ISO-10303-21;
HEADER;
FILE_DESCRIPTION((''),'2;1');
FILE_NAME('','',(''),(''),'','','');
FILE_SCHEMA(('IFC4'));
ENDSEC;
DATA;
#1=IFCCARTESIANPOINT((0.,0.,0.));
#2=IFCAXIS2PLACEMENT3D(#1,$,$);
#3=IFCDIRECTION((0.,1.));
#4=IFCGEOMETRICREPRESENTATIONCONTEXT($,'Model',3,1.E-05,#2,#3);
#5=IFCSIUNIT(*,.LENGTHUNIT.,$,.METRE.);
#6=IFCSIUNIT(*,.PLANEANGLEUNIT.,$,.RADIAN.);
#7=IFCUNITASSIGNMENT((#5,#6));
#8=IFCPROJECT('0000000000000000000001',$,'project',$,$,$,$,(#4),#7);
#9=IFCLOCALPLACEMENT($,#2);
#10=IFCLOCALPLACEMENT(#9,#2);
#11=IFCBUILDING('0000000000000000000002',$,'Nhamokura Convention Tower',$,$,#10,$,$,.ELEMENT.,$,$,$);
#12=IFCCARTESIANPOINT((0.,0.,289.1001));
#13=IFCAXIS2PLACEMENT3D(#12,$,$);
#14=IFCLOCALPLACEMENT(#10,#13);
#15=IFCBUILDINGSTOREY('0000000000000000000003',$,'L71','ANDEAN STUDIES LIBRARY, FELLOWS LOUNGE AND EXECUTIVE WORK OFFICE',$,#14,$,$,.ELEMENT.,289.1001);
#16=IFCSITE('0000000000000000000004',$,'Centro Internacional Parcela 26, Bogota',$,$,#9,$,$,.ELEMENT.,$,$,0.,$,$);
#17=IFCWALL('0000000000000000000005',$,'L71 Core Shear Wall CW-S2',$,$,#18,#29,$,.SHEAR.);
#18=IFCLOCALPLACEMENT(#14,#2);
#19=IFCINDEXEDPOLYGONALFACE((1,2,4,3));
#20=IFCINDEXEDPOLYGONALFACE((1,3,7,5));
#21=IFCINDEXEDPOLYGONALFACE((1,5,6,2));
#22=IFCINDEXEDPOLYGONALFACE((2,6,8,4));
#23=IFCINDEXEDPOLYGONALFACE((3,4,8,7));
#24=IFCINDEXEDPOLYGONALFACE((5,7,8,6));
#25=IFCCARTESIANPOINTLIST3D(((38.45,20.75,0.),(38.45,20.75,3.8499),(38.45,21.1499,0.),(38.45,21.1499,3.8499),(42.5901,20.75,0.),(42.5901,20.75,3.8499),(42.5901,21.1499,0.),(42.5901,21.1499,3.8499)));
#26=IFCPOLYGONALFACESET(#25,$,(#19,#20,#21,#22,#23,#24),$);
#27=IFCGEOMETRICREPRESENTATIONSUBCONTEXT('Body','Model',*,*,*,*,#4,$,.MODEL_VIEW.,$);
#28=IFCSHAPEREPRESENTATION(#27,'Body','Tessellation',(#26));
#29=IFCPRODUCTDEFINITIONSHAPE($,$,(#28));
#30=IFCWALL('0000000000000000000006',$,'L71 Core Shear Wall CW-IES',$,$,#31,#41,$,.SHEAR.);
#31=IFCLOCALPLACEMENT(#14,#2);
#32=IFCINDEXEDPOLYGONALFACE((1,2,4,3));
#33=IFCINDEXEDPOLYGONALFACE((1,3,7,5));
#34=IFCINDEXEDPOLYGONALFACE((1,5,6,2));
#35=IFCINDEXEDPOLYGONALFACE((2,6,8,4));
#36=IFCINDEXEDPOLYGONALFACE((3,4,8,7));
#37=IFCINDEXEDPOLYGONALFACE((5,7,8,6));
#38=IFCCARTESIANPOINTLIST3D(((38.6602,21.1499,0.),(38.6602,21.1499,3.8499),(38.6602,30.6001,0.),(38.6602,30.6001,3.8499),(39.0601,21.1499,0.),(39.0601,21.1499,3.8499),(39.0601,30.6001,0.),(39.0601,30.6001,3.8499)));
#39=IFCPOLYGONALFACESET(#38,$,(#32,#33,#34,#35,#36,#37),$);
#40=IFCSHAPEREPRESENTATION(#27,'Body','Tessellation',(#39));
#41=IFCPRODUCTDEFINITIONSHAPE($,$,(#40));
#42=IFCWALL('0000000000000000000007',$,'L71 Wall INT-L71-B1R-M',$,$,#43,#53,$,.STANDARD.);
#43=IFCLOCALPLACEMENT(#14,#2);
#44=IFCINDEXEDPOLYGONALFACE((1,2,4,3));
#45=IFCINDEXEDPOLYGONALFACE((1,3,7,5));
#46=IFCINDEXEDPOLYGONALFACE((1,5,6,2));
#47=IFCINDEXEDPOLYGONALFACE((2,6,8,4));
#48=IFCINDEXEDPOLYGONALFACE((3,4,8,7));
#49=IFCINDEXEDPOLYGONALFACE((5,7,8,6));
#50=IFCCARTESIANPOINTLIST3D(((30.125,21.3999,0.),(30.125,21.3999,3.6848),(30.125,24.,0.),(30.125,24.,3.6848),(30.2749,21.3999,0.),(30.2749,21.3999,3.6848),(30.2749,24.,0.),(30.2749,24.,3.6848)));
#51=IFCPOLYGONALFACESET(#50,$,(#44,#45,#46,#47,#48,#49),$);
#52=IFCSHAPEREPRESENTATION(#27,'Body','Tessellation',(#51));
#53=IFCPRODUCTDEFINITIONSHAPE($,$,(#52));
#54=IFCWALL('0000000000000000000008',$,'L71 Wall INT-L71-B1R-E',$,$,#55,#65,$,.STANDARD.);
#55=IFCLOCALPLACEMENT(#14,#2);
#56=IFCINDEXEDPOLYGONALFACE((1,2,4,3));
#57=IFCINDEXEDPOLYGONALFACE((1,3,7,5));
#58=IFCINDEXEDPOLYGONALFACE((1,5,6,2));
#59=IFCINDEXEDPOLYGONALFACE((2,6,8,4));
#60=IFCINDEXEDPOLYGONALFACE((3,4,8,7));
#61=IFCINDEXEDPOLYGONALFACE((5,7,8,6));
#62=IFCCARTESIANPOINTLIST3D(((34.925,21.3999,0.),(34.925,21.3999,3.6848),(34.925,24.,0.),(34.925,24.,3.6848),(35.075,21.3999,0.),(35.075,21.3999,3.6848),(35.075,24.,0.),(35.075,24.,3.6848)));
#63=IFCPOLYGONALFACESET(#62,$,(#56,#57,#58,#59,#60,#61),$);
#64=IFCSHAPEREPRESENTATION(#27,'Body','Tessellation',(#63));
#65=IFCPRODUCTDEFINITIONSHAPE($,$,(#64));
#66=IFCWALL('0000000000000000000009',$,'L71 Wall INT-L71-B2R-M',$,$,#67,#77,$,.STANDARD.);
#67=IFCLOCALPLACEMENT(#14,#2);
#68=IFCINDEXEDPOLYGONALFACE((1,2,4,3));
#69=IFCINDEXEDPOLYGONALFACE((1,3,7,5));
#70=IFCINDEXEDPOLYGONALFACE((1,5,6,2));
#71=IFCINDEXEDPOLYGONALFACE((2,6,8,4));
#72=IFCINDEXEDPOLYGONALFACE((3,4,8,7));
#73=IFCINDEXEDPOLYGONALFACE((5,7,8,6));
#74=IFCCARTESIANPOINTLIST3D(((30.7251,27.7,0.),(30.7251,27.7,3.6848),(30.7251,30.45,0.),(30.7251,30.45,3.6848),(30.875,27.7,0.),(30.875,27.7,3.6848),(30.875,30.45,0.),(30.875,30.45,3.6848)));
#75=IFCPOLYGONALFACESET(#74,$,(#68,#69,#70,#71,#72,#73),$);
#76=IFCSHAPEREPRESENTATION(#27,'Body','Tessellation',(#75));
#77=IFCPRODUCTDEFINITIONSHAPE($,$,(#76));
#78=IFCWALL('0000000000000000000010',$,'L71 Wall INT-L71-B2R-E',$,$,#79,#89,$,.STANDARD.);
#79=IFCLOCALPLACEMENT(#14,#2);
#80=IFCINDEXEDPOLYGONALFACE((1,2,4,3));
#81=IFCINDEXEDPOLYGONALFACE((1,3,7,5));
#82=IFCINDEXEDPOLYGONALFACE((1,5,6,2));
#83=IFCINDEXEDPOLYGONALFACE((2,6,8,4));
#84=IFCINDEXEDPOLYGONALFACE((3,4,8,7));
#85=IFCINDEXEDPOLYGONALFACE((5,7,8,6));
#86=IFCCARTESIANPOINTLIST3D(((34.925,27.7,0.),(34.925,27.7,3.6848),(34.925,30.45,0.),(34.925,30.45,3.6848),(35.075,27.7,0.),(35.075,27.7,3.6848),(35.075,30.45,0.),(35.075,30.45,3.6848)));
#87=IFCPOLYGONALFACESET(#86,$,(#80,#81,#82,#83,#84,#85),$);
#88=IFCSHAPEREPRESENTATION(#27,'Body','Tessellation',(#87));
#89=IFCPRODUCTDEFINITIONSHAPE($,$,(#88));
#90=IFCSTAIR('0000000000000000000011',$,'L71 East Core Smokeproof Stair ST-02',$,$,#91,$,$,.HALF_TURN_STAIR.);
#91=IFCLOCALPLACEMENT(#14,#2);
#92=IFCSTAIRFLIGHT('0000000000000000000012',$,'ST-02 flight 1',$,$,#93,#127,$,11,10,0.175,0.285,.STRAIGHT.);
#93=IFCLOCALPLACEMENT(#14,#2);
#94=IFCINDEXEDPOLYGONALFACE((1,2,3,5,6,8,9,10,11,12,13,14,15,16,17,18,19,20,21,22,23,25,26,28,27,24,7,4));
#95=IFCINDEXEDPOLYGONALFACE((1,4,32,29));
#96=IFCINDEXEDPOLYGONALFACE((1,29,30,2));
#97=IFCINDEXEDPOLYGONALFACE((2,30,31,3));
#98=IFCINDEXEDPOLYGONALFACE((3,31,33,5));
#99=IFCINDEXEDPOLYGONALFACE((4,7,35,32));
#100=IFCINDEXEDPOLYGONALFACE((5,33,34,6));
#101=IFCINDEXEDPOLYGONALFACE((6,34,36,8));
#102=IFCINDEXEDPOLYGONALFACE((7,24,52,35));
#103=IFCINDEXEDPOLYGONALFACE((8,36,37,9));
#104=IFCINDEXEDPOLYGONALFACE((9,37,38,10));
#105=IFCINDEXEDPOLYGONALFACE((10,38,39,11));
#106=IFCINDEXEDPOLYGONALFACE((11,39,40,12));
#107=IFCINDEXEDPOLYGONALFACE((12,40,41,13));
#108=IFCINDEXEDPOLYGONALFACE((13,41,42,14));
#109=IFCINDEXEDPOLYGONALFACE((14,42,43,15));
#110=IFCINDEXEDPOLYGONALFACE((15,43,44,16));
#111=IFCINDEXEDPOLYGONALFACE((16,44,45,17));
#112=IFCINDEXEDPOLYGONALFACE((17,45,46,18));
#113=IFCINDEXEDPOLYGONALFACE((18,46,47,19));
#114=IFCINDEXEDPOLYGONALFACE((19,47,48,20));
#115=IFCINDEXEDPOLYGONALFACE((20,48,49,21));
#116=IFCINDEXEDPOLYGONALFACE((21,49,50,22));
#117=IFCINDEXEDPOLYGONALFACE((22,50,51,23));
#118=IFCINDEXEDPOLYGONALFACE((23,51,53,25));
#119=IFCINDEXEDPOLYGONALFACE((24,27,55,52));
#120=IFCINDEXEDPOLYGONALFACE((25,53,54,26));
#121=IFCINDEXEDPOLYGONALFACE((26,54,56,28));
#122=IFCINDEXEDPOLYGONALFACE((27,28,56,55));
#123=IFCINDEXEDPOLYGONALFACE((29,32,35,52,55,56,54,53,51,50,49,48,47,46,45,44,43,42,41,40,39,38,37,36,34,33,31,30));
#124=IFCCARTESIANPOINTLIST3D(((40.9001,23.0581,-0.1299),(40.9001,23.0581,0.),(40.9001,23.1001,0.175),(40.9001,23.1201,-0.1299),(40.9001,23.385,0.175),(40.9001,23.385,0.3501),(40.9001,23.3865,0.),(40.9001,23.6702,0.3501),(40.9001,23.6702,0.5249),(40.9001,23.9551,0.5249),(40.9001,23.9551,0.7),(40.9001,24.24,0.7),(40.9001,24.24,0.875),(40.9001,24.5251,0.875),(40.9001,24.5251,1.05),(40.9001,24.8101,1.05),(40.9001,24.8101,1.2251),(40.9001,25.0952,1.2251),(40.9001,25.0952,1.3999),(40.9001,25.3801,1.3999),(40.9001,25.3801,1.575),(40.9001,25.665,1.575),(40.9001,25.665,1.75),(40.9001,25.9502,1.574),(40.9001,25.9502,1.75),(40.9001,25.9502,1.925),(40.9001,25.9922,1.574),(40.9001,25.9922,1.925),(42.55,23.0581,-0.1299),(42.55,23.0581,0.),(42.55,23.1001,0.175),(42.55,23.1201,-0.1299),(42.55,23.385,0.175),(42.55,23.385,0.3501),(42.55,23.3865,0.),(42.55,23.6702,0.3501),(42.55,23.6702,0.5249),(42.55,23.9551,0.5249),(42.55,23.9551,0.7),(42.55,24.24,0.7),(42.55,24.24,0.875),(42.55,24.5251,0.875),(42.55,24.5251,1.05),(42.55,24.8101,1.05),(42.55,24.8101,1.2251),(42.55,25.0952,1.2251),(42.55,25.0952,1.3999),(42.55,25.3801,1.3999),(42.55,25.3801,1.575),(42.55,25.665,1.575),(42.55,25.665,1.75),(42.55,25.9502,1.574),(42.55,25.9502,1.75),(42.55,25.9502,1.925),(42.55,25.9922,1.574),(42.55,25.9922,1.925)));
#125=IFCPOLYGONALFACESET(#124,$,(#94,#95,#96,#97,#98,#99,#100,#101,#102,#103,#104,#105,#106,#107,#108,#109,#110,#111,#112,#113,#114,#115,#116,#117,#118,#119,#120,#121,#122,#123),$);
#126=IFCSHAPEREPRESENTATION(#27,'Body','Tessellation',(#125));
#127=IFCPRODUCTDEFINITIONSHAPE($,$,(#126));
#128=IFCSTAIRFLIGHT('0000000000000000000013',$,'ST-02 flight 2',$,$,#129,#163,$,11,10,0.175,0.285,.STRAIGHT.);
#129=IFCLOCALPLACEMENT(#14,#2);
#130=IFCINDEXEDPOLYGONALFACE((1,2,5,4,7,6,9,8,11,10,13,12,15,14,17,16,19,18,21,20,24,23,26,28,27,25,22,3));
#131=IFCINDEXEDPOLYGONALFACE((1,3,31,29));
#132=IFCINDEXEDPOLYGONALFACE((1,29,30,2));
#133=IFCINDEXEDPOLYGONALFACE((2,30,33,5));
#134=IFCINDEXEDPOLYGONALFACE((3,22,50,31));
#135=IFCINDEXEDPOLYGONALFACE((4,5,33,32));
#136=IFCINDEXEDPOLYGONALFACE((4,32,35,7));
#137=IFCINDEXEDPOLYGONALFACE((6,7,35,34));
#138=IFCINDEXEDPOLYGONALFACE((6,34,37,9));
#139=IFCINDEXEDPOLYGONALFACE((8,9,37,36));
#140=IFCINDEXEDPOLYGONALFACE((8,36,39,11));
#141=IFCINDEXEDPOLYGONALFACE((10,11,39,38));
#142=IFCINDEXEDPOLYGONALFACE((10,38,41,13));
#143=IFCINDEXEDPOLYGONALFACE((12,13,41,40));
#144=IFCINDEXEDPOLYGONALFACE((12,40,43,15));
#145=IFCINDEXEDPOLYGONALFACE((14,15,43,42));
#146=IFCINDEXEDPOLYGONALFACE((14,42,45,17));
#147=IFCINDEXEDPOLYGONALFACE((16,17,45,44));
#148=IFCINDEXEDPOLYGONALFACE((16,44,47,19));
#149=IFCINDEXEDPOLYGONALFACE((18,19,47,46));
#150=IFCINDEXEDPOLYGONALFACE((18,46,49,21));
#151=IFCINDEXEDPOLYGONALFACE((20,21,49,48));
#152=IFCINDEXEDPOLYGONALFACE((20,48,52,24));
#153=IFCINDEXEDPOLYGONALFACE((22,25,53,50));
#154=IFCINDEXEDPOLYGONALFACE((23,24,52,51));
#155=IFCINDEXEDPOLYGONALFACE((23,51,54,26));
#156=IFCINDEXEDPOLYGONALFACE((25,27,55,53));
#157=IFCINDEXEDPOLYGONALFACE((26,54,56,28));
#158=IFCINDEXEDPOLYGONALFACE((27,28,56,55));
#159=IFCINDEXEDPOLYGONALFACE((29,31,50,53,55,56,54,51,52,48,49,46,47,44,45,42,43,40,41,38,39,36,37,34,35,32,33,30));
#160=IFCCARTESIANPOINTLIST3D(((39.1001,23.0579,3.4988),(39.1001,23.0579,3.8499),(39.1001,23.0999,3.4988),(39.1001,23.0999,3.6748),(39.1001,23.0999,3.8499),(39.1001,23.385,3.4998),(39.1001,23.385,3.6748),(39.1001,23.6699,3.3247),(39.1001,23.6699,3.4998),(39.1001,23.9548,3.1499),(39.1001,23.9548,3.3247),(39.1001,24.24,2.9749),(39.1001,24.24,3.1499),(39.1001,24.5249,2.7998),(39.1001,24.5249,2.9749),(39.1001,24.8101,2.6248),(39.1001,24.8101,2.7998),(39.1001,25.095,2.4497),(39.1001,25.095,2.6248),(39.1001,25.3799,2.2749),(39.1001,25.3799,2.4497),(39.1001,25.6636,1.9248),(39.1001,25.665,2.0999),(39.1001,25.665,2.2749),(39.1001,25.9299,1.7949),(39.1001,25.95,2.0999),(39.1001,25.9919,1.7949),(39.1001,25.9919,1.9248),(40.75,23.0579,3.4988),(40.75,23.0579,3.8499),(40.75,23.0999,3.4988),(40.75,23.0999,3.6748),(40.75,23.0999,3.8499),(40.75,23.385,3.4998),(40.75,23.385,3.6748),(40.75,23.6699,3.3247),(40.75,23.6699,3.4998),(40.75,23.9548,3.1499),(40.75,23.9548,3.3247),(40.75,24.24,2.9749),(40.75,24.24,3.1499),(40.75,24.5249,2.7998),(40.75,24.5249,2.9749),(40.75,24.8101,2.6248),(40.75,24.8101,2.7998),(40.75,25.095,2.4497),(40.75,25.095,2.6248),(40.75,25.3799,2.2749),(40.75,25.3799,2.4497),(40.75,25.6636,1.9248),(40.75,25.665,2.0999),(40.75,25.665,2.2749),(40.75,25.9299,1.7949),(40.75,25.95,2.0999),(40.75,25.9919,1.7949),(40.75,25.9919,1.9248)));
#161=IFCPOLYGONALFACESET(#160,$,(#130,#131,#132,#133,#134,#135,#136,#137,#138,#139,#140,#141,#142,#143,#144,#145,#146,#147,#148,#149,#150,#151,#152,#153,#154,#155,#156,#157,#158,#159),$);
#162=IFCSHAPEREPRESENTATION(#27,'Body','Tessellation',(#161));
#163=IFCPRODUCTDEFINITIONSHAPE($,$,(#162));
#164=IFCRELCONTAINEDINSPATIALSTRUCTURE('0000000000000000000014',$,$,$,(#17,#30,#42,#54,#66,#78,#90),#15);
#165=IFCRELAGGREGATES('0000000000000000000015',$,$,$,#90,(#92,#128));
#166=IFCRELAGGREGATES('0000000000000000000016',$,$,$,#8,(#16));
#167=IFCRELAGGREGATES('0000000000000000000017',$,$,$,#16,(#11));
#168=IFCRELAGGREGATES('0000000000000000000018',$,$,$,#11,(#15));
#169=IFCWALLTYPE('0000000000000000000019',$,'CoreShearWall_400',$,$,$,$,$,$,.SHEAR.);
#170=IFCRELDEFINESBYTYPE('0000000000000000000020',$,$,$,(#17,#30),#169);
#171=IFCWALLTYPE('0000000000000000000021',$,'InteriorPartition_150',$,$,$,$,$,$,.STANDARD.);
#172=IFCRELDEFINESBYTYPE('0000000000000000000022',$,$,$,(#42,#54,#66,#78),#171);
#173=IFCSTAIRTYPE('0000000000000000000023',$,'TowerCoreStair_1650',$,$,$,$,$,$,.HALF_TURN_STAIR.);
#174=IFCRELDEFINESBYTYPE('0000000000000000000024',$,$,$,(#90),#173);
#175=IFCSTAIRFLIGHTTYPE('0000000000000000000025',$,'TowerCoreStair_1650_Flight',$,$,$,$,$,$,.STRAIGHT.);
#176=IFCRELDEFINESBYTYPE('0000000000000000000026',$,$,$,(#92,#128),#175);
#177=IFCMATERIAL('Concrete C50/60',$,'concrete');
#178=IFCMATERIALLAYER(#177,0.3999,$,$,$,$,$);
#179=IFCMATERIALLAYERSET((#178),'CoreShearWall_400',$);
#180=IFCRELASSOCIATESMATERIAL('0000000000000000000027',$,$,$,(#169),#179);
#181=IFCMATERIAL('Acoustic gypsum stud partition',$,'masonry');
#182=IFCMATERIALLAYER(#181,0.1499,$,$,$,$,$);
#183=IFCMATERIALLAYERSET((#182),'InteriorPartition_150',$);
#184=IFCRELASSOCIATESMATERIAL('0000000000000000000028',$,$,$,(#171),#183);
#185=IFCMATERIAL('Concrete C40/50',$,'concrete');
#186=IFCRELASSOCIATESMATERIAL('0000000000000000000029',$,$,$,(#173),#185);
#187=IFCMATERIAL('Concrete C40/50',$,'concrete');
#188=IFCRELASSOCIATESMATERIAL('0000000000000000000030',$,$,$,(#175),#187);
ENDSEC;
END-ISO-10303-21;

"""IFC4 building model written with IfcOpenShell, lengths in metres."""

from ifc_helpers import new_model, si_unit, direction, frame, frame_2d, origin, place, context, subcontext, project, spatial, polyline, rectangle, outline, extrude, material, layer, layer_set, type_object, element, aggregate, save


model = new_model("IFC4")

# Units and contexts
model_context = context("Model", 3, precision=1e-05, world=origin(), true_north=direction((0.0, 1.0)))
body_context = subcontext(model_context, "Body", "Model", "MODEL_VIEW")
ifc_project = project(units=[si_unit("LENGTHUNIT", "METRE"), si_unit("PLANEANGLEUNIT", "RADIAN")], contexts=[model_context])

# Site, building, storey
site_placement = place(None, origin())
site = spatial("IfcSite", under=ifc_project, at=site_placement, Name="Centro Internacional Parcela 26, Bogota", CompositionType="ELEMENT", RefElevation=0.0)
building_placement = place(site_placement, origin())
building = spatial("IfcBuilding", under=site, at=building_placement, Name="Nhamokura Convention Tower", CompositionType="ELEMENT")
storey_placement = place(building_placement, frame((0.0, 0.0, 289.1001)))
storey = spatial("IfcBuildingStorey", under=building, at=storey_placement, Name="L71", Description="ANDEAN STUDIES LIBRARY, FELLOWS LOUNGE AND EXECUTIVE WORK OFFICE", CompositionType="ELEMENT", Elevation=289.1001)

# Shared definitions
ifc_material_1 = material(Name="Concrete C50/60", Category="concrete")
ifc_layer_1 = layer(ifc_material_1, 0.3999)
ifc_layer_set_1 = layer_set([ifc_layer_1], Name="CoreShearWall_400")
wall_type_1 = type_object("IfcWallType", Name="CoreShearWall_400", PredefinedType="SHEAR", material=ifc_layer_set_1)

# Walls
wall_1_placement = place(storey_placement, frame((38.45, 20.95, 0.0), z_axis=(0.0, 0.0, 1.0), x_axis=(1.0, 0.0, 0.0)))
element("IfcWall", 1, at=wall_1_placement, inside=storey, type_object=wall_type_1, Name="L71 Core Shear Wall CW-S2", PredefinedType="SHEAR", context=body_context, shape_type="SweptSolid", body=[
    extrude(rectangle(XDim=4.1401, YDim=0.3999, at=frame_2d((2.0701, 0.0))), origin(), (0.0, 0.0, 1.0), 3.8499),
])
wall_2_placement = place(storey_placement, frame((38.8601, 21.1499, 0.0), z_axis=(0.0, 0.0, 1.0), x_axis=(0.0, 1.0, 0.0)))
element("IfcWall", 2, at=wall_2_placement, inside=storey, type_object=wall_type_1, Name="L71 Core Shear Wall CW-IES", PredefinedType="SHEAR", context=body_context, shape_type="SweptSolid", body=[
    extrude(rectangle(XDim=9.4502, YDim=0.3999, at=frame_2d((4.7251, 0.0))), origin(), (0.0, 0.0, 1.0), 3.8499),
])

# Walls
ifc_material_2 = material(Name="Acoustic gypsum stud partition", Category="masonry")
ifc_layer_2 = layer(ifc_material_2, 0.1499)
ifc_layer_set_2 = layer_set([ifc_layer_2], Name="InteriorPartition_150")
wall_type_2 = type_object("IfcWallType", Name="InteriorPartition_150", PredefinedType="STANDARD", material=ifc_layer_set_2)
for number, where, z_axis, x_axis, name in (
    (3, (30.2, 21.3999, 0.0), (0.0, 0.0, 1.0), (0.0, 1.0, 0.0), "L71 Wall INT-L71-B1R-M"),
    (4, (35.0, 21.3999, 0.0), (0.0, 0.0, 1.0), (0.0, 1.0, 0.0), "L71 Wall INT-L71-B1R-E"),
):
    element("IfcWall", number, at=place(storey_placement, frame(where, z_axis=z_axis, x_axis=x_axis)), inside=storey, type_object=wall_type_2, Name=name, PredefinedType="STANDARD", context=body_context, shape_type="SweptSolid", body=[
        extrude(rectangle(XDim=2.6001, YDim=0.1499, at=frame_2d((1.3, 0.0))), origin(), (0.0, 0.0, 1.0), 3.6848),
    ])
for number, where, z_axis, x_axis, name in (
    (5, (30.8, 27.7, 0.0), (0.0, 0.0, 1.0), (0.0, 1.0, 0.0), "L71 Wall INT-L71-B2R-M"),
    (6, (35.0, 27.7, 0.0), (0.0, 0.0, 1.0), (0.0, 1.0, 0.0), "L71 Wall INT-L71-B2R-E"),
):
    element("IfcWall", number, at=place(storey_placement, frame(where, z_axis=z_axis, x_axis=x_axis)), inside=storey, type_object=wall_type_2, Name=name, PredefinedType="STANDARD", context=body_context, shape_type="SweptSolid", body=[
        extrude(rectangle(XDim=2.75, YDim=0.1499, at=frame_2d((1.375, 0.0))), origin(), (0.0, 0.0, 1.0), 3.6848),
    ])

# Stair, stair flights
ifc_material_3 = material(Name="Concrete C40/50", Category="concrete")
stair_type = type_object("IfcStairType", Name="TowerCoreStair_1650", PredefinedType="HALF_TURN_STAIR", material=ifc_material_3)
stair_placement = place(storey_placement, origin())
stair = element("IfcStair", 7, at=stair_placement, inside=storey, type_object=stair_type, Name="L71 East Core Smokeproof Stair ST-02", PredefinedType="HALF_TURN_STAIR")
ifc_material_4 = material(Name="Concrete C40/50", Category="concrete")
stair_flight_type = type_object("IfcStairFlightType", Name="TowerCoreStair_1650_Flight", PredefinedType="STRAIGHT", material=ifc_material_4)
stair_flight_1_placement = place(storey_placement, frame((41.7251, 23.1001, 0.0), z_axis=(0.0, 0.0, 1.0), x_axis=(0.0, 1.0, 0.0)))
stair_flight_1 = element("IfcStairFlight", 8, at=stair_flight_1_placement, type_object=stair_flight_type, Name="ST-02 flight 1", NumberOfRisers=11, NumberOfTreads=10, PredefinedType="STRAIGHT", RiserHeight=0.175, TreadLength=0.285, context=body_context, shape_type="SweptSolid", body=[
    extrude(outline(polyline([(-0.042, 0.0), (0.0, 0.175), (0.2849, 0.175), (0.2849, 0.3501), (0.5701, 0.3501), (0.5701, 0.5249), (0.855, 0.5249), (0.855, 0.7), (1.1399, 0.7), (1.1399, 0.875), (1.425, 0.875), (1.425, 1.05), (1.71, 1.05), (1.71, 1.2251), (1.9951, 1.2251), (1.9951, 1.3999), (2.28, 1.3999), (2.28, 1.575), (2.5649, 1.575), (2.5649, 1.75), (2.8501, 1.75), (2.8501, 1.925), (2.8921, 1.925), (2.8921, 1.574), (2.8501, 1.574), (0.2864, 0.0), (0.02, -0.1299), (-0.042, -0.1299), (-0.042, 0.0)])), frame((0.0, 0.825, 0.0), z_axis=(0.0, -1.0, 0.0), x_axis=(1.0, 0.0, 0.0)), (0.0, 0.0, 1.0), 1.6499),
])
stair_flight_2_placement = place(storey_placement, frame((39.925, 25.95, 1.9248), z_axis=(0.0, 0.0, 1.0), x_axis=(0.0, -1.0, 0.0)))
stair_flight_2 = element("IfcStairFlight", 9, at=stair_flight_2_placement, type_object=stair_flight_type, Name="ST-02 flight 2", NumberOfRisers=11, NumberOfTreads=10, PredefinedType="STRAIGHT", RiserHeight=0.175, TreadLength=0.285, context=body_context, shape_type="SweptSolid", body=[
    extrude(outline(polyline([(-0.042, 0.0), (0.0, 0.175), (0.2849, 0.175), (0.2849, 0.3501), (0.5701, 0.3501), (0.5701, 0.5249), (0.855, 0.5249), (0.855, 0.7), (1.1399, 0.7), (1.1399, 0.875), (1.425, 0.875), (1.425, 1.05), (1.71, 1.05), (1.71, 1.2251), (1.9951, 1.2251), (1.9951, 1.3999), (2.28, 1.3999), (2.28, 1.575), (2.5649, 1.575), (2.5649, 1.75), (2.8501, 1.75), (2.8501, 1.925), (2.8921, 1.925), (2.8921, 1.574), (2.8501, 1.574), (0.2864, 0.0), (0.02, -0.1299), (-0.042, -0.1299), (-0.042, 0.0)])), frame((0.0, 0.825, 0.0), z_axis=(0.0, -1.0, 0.0), x_axis=(1.0, 0.0, 0.0)), (0.0, 0.0, 1.0), 1.6499),
])
aggregate(stair, [stair_flight_1, stair_flight_2])

save(model, "model.ifc")
